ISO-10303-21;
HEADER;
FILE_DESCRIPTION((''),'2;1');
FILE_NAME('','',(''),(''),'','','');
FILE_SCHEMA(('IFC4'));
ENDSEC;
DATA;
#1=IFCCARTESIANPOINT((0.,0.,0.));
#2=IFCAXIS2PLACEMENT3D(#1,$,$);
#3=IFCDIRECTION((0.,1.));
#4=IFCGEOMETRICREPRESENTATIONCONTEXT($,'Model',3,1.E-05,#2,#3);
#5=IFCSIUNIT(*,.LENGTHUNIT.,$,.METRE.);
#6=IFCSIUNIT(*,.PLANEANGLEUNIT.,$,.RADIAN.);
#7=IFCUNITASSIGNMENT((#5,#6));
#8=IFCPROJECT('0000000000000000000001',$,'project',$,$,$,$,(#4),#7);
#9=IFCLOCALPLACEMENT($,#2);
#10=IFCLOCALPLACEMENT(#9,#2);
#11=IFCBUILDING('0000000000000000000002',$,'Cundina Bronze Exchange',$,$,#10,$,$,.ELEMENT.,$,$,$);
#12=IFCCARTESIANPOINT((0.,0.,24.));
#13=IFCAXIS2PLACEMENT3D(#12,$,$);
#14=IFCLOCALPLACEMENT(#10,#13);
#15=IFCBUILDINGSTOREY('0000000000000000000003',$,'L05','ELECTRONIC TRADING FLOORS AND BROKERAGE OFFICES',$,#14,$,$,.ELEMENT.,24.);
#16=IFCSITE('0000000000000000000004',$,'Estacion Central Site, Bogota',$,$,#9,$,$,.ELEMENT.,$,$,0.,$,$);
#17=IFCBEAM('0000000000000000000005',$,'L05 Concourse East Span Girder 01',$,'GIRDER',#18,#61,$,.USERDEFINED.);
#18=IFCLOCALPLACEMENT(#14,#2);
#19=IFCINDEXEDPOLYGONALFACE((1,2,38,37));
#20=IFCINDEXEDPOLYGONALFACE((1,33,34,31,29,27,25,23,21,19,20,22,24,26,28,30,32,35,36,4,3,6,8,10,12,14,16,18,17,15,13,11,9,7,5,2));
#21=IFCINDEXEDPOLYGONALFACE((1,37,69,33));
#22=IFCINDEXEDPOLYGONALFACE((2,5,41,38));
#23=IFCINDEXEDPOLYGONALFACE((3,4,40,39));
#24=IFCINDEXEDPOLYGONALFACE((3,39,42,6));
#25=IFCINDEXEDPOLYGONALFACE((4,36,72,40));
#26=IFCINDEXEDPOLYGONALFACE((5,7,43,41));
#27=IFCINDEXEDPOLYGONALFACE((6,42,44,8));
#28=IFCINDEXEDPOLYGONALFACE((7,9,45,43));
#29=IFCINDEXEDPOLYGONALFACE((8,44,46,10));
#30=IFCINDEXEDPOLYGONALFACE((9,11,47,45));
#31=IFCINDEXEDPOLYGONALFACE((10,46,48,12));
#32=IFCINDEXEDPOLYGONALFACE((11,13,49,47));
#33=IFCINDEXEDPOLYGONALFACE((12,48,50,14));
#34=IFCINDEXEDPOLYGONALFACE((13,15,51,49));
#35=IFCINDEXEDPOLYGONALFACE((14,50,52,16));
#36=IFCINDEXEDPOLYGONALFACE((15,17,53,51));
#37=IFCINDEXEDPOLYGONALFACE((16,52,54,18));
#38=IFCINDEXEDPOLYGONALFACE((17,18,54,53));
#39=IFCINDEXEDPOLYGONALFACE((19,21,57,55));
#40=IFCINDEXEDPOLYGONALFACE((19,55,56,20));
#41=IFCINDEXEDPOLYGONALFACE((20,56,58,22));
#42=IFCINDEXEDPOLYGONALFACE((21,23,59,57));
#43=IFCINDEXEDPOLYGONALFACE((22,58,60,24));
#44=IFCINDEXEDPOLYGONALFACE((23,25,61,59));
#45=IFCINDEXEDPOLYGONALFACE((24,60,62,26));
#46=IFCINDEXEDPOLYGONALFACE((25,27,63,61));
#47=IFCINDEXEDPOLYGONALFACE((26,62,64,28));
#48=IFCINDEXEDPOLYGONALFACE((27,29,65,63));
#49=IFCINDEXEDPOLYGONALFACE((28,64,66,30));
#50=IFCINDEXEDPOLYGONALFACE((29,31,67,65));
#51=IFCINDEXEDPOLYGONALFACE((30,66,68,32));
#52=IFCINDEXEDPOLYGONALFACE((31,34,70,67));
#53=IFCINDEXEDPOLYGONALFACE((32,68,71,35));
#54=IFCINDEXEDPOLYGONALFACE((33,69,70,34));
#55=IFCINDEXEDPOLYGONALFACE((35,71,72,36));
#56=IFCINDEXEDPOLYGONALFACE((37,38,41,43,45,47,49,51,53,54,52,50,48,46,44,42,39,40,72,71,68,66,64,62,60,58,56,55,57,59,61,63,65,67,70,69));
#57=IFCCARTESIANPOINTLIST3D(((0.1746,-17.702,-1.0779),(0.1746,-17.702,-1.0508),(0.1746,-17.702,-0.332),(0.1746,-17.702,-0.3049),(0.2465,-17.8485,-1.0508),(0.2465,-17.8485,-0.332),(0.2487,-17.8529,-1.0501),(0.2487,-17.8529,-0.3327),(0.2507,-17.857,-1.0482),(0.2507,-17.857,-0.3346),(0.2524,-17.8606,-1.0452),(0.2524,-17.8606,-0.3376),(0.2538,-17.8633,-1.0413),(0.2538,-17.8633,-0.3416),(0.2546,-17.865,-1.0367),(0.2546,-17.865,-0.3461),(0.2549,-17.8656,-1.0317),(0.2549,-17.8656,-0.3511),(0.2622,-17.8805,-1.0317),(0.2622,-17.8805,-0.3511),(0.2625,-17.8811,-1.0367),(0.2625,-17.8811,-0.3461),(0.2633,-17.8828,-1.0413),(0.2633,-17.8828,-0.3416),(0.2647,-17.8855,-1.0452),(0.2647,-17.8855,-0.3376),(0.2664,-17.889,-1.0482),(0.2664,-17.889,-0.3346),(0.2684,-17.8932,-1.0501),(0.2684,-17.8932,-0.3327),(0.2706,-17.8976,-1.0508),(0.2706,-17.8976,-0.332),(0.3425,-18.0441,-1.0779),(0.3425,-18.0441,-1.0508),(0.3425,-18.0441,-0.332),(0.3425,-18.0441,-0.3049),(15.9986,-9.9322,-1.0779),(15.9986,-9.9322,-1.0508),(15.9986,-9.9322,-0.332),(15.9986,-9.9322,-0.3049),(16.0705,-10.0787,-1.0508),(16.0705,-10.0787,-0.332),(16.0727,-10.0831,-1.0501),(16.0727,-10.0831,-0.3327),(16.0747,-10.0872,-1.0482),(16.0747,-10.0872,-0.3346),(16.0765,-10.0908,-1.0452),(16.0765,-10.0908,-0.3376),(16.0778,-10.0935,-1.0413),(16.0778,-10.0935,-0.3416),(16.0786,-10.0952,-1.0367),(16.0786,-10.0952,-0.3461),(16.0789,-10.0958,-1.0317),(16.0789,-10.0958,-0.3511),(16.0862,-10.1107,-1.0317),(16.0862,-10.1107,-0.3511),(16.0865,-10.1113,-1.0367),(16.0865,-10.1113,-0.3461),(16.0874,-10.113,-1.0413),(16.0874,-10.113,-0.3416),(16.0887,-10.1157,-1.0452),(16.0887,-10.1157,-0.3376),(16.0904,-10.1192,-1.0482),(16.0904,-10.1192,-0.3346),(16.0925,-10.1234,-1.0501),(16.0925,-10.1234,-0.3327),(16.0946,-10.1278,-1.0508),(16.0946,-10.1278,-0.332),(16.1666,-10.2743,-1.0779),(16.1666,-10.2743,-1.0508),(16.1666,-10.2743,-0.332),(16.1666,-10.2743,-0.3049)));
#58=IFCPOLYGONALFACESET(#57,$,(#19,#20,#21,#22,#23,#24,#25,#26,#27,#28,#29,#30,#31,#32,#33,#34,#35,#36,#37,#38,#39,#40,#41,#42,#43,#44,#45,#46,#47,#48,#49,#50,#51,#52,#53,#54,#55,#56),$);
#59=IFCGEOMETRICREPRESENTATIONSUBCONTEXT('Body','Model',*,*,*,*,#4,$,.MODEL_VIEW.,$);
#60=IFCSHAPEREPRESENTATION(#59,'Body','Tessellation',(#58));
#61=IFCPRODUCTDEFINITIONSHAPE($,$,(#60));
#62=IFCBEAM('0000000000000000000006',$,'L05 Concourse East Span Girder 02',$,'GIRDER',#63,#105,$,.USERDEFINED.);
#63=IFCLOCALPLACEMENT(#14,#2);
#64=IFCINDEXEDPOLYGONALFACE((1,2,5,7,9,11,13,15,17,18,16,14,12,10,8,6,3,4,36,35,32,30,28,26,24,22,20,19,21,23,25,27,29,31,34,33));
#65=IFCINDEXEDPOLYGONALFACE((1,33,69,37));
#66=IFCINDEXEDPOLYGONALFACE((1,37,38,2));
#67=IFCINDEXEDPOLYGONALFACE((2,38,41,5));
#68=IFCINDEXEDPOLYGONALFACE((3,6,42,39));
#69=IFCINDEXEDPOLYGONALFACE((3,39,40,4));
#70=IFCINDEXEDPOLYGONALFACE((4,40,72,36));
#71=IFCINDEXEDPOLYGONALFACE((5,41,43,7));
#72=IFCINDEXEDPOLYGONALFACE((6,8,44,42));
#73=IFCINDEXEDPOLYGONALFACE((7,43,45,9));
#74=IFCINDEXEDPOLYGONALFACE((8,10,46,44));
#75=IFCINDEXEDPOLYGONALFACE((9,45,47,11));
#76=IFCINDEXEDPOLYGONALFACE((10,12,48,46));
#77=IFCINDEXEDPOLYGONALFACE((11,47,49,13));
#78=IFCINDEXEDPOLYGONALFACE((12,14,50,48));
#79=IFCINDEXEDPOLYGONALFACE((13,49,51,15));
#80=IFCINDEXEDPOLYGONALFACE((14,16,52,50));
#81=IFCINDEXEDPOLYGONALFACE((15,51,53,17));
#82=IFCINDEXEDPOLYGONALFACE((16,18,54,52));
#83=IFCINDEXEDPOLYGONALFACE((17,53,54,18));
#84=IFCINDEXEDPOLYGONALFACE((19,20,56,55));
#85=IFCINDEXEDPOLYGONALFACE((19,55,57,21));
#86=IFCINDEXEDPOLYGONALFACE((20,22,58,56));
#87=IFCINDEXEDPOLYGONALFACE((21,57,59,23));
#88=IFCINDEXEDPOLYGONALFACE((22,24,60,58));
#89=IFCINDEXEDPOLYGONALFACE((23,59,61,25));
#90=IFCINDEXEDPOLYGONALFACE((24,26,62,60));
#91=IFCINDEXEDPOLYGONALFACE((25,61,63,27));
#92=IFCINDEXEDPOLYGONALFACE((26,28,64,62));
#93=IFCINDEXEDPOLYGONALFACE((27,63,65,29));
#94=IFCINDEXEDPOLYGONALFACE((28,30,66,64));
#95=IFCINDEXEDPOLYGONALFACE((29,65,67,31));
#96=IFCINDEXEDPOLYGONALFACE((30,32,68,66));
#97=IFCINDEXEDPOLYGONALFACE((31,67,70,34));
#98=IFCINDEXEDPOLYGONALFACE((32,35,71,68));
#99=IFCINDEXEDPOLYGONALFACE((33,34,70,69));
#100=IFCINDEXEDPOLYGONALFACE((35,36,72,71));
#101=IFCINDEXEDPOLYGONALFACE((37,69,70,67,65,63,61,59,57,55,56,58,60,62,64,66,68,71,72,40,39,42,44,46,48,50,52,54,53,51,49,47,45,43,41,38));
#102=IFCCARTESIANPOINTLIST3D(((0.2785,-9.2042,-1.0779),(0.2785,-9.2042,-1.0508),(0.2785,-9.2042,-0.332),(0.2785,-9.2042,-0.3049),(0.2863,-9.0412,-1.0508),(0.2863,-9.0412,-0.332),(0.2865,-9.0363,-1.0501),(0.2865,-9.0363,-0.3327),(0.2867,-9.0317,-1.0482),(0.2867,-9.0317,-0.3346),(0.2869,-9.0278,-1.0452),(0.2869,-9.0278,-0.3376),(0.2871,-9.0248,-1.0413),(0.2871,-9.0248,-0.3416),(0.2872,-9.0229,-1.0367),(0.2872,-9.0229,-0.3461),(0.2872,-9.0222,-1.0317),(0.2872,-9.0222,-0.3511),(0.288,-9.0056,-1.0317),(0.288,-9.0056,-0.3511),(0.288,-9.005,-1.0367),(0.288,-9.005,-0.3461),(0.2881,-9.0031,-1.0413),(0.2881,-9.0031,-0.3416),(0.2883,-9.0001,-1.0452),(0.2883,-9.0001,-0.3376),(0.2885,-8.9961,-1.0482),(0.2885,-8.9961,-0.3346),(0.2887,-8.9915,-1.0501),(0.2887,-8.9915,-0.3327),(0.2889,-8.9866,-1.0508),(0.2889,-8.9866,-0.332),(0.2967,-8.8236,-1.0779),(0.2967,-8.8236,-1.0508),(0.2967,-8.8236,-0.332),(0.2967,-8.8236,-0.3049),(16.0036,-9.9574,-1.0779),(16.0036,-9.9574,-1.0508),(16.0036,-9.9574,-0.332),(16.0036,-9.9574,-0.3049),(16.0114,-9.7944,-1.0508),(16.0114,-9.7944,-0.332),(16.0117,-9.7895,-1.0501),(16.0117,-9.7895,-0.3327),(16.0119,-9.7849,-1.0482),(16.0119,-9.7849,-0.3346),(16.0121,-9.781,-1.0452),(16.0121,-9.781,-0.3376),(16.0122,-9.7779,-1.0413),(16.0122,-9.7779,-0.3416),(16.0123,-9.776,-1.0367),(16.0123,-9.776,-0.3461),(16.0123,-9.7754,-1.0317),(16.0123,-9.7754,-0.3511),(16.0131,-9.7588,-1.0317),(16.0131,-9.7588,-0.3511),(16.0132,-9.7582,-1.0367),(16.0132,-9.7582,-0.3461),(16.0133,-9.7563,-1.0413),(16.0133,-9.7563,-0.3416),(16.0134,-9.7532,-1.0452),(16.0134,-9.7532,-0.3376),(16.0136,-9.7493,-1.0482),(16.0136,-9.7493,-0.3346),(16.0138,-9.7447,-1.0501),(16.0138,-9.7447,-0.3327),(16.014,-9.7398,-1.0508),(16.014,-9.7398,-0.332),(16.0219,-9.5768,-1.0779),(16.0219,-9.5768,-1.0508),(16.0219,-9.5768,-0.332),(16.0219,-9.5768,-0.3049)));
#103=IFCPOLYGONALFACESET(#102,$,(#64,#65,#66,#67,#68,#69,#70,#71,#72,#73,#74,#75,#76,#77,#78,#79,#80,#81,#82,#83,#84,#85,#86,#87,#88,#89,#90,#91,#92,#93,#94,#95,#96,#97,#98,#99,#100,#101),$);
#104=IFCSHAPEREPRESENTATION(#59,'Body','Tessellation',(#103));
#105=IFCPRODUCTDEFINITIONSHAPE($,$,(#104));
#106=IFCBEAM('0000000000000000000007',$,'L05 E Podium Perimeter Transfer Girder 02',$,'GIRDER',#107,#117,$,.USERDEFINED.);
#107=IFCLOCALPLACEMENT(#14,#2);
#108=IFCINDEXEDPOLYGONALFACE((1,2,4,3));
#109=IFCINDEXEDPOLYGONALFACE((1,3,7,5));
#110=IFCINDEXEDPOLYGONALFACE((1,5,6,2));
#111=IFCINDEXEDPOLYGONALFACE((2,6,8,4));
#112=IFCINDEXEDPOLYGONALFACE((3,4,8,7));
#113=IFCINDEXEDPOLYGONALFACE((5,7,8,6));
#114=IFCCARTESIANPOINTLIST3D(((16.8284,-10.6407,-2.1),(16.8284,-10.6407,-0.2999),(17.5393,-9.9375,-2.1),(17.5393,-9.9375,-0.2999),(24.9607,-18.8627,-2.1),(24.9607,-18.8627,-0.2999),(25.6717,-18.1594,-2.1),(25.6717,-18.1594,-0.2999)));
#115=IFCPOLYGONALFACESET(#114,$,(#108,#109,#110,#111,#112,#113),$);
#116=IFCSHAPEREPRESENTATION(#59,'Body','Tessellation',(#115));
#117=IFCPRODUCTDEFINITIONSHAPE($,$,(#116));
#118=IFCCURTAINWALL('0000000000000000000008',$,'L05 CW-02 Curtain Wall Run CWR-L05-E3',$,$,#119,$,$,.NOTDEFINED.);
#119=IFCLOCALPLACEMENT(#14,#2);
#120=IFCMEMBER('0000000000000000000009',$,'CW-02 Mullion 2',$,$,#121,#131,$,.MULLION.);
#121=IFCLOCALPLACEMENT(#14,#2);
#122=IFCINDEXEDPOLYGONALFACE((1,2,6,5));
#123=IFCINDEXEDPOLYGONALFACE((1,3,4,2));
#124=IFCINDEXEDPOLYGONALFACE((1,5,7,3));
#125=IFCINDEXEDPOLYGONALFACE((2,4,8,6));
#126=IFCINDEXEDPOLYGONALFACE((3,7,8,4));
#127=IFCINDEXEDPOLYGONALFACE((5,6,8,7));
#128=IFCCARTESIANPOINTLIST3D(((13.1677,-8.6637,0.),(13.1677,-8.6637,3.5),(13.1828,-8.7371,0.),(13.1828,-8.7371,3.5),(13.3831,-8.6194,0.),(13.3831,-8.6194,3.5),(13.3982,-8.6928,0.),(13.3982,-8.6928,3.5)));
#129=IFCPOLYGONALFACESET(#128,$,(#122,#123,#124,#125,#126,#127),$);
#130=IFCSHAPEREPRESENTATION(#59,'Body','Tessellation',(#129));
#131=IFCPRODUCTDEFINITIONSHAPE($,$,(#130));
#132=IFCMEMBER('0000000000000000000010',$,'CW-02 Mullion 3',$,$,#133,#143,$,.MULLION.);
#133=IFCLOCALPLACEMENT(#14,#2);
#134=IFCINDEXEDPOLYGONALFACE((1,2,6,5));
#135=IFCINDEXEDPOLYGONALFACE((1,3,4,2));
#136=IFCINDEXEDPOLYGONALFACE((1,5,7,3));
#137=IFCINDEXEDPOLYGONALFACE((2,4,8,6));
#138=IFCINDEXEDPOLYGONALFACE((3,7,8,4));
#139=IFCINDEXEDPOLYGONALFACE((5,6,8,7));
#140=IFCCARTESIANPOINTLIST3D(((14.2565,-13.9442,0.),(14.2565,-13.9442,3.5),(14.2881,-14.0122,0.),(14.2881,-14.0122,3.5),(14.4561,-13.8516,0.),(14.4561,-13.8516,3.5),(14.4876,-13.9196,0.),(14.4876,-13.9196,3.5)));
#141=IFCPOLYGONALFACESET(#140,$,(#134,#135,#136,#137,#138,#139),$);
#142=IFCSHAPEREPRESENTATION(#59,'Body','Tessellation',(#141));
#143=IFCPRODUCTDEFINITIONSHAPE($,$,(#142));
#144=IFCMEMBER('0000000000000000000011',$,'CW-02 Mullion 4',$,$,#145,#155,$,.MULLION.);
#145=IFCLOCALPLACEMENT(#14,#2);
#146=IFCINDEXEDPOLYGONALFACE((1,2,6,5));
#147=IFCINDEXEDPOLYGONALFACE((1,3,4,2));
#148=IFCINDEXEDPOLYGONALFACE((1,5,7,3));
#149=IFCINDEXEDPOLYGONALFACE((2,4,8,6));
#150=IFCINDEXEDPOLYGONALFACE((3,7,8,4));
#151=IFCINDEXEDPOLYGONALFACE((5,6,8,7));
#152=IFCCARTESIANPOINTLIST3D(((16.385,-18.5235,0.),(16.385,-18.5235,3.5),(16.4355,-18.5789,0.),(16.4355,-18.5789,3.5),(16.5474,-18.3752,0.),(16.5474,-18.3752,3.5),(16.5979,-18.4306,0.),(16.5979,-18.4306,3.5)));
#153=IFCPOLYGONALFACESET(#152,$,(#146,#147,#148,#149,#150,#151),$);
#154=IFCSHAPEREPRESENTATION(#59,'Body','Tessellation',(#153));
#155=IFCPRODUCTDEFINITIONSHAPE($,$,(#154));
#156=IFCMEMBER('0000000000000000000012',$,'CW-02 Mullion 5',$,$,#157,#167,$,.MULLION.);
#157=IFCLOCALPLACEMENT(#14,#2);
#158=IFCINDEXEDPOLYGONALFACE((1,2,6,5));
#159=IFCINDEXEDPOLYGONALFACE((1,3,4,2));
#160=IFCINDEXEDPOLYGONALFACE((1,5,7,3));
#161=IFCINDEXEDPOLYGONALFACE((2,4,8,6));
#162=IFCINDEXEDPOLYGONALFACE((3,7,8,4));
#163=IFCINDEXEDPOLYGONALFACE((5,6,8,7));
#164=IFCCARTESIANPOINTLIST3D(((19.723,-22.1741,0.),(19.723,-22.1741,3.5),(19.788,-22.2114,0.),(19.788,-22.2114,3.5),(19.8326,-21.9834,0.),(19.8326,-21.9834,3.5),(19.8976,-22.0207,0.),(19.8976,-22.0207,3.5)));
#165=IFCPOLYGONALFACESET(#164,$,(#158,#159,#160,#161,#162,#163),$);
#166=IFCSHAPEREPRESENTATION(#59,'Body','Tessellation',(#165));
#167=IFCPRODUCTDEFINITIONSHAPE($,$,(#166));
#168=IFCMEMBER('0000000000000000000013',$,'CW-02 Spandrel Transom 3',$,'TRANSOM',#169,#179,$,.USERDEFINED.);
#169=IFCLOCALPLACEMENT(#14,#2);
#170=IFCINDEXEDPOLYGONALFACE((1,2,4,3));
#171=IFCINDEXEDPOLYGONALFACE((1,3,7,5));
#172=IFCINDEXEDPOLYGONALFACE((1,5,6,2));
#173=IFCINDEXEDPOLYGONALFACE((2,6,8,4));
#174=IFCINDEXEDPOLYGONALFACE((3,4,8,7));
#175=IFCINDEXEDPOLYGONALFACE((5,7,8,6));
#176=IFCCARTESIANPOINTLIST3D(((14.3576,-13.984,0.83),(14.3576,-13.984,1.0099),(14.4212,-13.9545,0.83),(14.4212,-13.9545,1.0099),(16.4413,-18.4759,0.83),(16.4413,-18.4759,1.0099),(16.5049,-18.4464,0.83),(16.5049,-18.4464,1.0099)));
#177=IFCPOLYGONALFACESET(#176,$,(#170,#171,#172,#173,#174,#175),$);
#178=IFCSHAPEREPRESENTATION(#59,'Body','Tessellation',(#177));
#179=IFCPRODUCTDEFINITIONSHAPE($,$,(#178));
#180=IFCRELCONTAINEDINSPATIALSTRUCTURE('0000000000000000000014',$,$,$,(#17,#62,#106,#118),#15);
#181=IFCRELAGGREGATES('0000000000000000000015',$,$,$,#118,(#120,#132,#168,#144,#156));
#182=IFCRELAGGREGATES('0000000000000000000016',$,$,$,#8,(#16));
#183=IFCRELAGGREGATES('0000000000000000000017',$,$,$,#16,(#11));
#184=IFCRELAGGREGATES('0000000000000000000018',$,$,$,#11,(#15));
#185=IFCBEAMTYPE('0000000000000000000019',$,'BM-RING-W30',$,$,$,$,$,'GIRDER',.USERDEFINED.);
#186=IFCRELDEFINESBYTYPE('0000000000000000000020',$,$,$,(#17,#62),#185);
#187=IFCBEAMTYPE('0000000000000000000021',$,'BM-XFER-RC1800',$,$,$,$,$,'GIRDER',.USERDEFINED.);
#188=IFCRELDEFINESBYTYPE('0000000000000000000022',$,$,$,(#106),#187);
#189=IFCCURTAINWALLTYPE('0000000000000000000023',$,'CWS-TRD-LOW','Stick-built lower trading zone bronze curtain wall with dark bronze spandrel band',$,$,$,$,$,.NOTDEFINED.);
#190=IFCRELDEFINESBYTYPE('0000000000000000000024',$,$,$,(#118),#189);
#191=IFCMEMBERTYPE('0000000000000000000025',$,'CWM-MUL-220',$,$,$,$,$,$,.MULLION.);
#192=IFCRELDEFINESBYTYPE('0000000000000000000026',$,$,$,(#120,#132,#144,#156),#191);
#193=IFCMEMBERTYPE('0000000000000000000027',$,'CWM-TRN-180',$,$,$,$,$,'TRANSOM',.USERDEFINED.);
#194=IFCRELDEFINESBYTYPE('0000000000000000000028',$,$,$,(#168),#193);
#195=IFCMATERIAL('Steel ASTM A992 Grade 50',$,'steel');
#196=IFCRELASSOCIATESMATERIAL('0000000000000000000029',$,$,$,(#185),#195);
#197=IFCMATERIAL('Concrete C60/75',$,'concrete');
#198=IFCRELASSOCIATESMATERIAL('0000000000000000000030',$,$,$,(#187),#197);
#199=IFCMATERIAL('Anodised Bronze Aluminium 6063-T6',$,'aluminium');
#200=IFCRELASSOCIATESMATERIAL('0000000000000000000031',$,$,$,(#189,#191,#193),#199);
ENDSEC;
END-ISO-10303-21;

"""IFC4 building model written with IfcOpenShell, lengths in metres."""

from ifc_helpers import new_model, si_unit, direction, frame, origin, origin_2d, place, context, subcontext, project, spatial, rectangle, i_section, extrude, material, material_profile, profile_set, type_object, element, aggregate, save


model = new_model("IFC4")

# Units and contexts
model_context = context("Model", 3, precision=1e-05, world=origin(), true_north=direction((0.0, 1.0)))
body_context = subcontext(model_context, "Body", "Model", "MODEL_VIEW")
ifc_project = project(units=[si_unit("LENGTHUNIT", "METRE"), si_unit("PLANEANGLEUNIT", "RADIAN")], contexts=[model_context])

# Site, building, storey
site_placement = place(None, origin())
site = spatial("IfcSite", under=ifc_project, at=site_placement, Name="Estacion Central Site, Bogota", CompositionType="ELEMENT", RefElevation=0.0)
building_placement = place(site_placement, origin())
building = spatial("IfcBuilding", under=site, at=building_placement, Name="Cundina Bronze Exchange", CompositionType="ELEMENT")
storey_placement = place(building_placement, frame((0.0, 0.0, 24.0)))
storey = spatial("IfcBuildingStorey", under=building, at=storey_placement, Name="L05", Description="ELECTRONIC TRADING FLOORS AND BROKERAGE OFFICES", CompositionType="ELEMENT", Elevation=24.0)

# Shared definitions
ifc_material_1 = material(Name="Concrete C60/75", Category="concrete")

# Beams
ifc_material_2 = material(Name="Steel ASTM A992 Grade 50", Category="steel")
ifc_material_profile_1 = material_profile(ifc_material_2, i_section(OverallWidth=0.3811, OverallDepth=0.7729, WebThickness=0.0166, FlangeThickness=0.0271, FilletRadius=0.019, at=origin_2d()), Name="W30X173", Category="steel")
ifc_profile_set_1 = profile_set([ifc_material_profile_1], Name="Steel ASTM A992 Grade 50")
beam_type_1 = type_object("IfcBeamType", Name="BM-RING-W30", ElementType="GIRDER", PredefinedType="USERDEFINED", material=ifc_profile_set_1)
beam_1_placement = place(storey_placement, frame((0.2585, -17.873, -0.6914), z_axis=(0.897631, 0.440748, 0.0), x_axis=(-0.440748, 0.897631, 0.0)))
element("IfcBeam", 1, at=beam_1_placement, inside=storey, type_object=beam_type_1, Name="L05 Concourse East Span Girder 01", ObjectType="GIRDER", PredefinedType="USERDEFINED", context=body_context, shape_type="SweptSolid", body=[
    extrude(i_section(OverallWidth=0.3811, OverallDepth=0.7729, WebThickness=0.0166, FlangeThickness=0.0271, FilletRadius=0.019, at=origin_2d()), origin(), (0.0, 0.0, 1.0), 17.6287),
])
beam_2_placement = place(storey_placement, frame((0.2876, -9.0139, -0.6914), z_axis=(0.998855, -0.047841, 0.0), x_axis=(0.047841, 0.998855, 0.0)))
element("IfcBeam", 2, at=beam_2_placement, inside=storey, type_object=beam_type_1, Name="L05 Concourse East Span Girder 02", ObjectType="GIRDER", PredefinedType="USERDEFINED", context=body_context, shape_type="SweptSolid", body=[
    extrude(i_section(OverallWidth=0.3811, OverallDepth=0.7729, WebThickness=0.0166, FlangeThickness=0.0271, FilletRadius=0.019, at=origin_2d()), origin(), (0.0, 0.0, 1.0), 15.7432),
])
ifc_material_profile_2 = material_profile(ifc_material_1, rectangle(XDim=1.0, YDim=1.8, at=origin_2d()), Name="RC1000X1800", Category="concrete")
ifc_profile_set_2 = profile_set([ifc_material_profile_2], Name="Concrete C60/75")
beam_type_2 = type_object("IfcBeamType", Name="BM-XFER-RC1800", ElementType="GIRDER", PredefinedType="USERDEFINED", material=ifc_profile_set_2)
beam_3_placement = place(storey_placement, frame((17.1838, -10.2891, -1.2), z_axis=(0.703222, -0.71097, 0.0), x_axis=(0.71097, 0.703222, 0.0)))
element("IfcBeam", 3, at=beam_3_placement, inside=storey, type_object=beam_type_2, Name="L05 E Podium Perimeter Transfer Girder 02", ObjectType="GIRDER", PredefinedType="USERDEFINED", context=body_context, shape_type="SweptSolid", body=[
    extrude(rectangle(XDim=1.0, YDim=1.8, at=origin_2d()), origin(), (0.0, 0.0, 1.0), 11.5645),
])

# Curtain wall, members
ifc_material_3 = material(Name="Anodised Bronze Aluminium 6063-T6", Category="aluminium")
curtain_wall_type = type_object("IfcCurtainWallType", Name="CWS-TRD-LOW", Description="Stick-built lower trading zone bronze curtain wall with dark bronze spandrel band", PredefinedType="NOTDEFINED", material=ifc_material_3)
curtain_wall_placement = place(storey_placement, origin())
curtain_wall = element("IfcCurtainWall", 4, at=curtain_wall_placement, inside=storey, type_object=curtain_wall_type, Name="L05 CW-02 Curtain Wall Run CWR-L05-E3", PredefinedType="NOTDEFINED")
ifc_material_profile_3 = material_profile(ifc_material_3, rectangle(XDim=0.075, YDim=0.22, at=origin_2d()), Name="AL75X220", Category="aluminium")
ifc_profile_set_3 = profile_set([ifc_material_profile_3], Name="Anodised Bronze Aluminium 6063-T6")
member_type_1 = type_object("IfcMemberType", Name="CWM-MUL-220", PredefinedType="MULLION", material=ifc_profile_set_3)
member_1_placement = place(storey_placement, frame((13.283, -8.6782, 0.0), z_axis=(0.0, 0.0, 1.0), x_axis=(0.20142, -0.979505, 0.0)))
member_1 = element("IfcMember", 5, at=member_1_placement, type_object=member_type_1, Name="CW-02 Mullion 2", PredefinedType="MULLION", context=body_context, shape_type="SweptSolid", body=[
    extrude(rectangle(XDim=0.075, YDim=0.22, at=origin_2d()), origin(), (0.0, 0.0, 1.0), 3.5),
])
member_2_placement = place(storey_placement, frame((14.3721, -13.9319, 0.0), z_axis=(0.0, 0.0, 1.0), x_axis=(0.420877, -0.907117, 0.0)))
member_2 = element("IfcMember", 6, at=member_2_placement, type_object=member_type_1, Name="CW-02 Mullion 3", PredefinedType="MULLION", context=body_context, shape_type="SweptSolid", body=[
    extrude(rectangle(XDim=0.075, YDim=0.22, at=origin_2d()), origin(), (0.0, 0.0, 1.0), 3.5),
])
member_3_placement = place(storey_placement, frame((16.4915, -18.4771, 0.0), z_axis=(0.0, 0.0, 1.0), x_axis=(0.674302, -0.738455, 0.0)))
member_3 = element("IfcMember", 7, at=member_3_placement, type_object=member_type_1, Name="CW-02 Mullion 4", PredefinedType="MULLION", context=body_context, shape_type="SweptSolid", body=[
    extrude(rectangle(XDim=0.075, YDim=0.22, at=origin_2d()), origin(), (0.0, 0.0, 1.0), 3.5),
])
member_4_placement = place(storey_placement, frame((19.8103, -22.0974, 0.0), z_axis=(0.0, 0.0, 1.0), x_axis=(0.867071, -0.498185, 0.0)))
member_4 = element("IfcMember", 8, at=member_4_placement, type_object=member_type_1, Name="CW-02 Mullion 5", PredefinedType="MULLION", context=body_context, shape_type="SweptSolid", body=[
    extrude(rectangle(XDim=0.075, YDim=0.22, at=origin_2d()), origin(), (0.0, 0.0, 1.0), 3.5),
])
ifc_material_profile_4 = material_profile(ifc_material_3, rectangle(XDim=0.0701, YDim=0.1799, at=origin_2d()), Name="AL70X180", Category="aluminium")
ifc_profile_set_4 = profile_set([ifc_material_profile_4], Name="Anodised Bronze Aluminium 6063-T6")
member_type_2 = type_object("IfcMemberType", Name="CWM-TRN-180", ElementType="TRANSOM", PredefinedType="USERDEFINED", material=ifc_profile_set_4)
member_5_placement = place(storey_placement, frame((14.3894, -13.9692, 0.9199), z_axis=(0.420811, -0.907148, 0.0), x_axis=(0.907148, 0.420811, 0.0)))
member_5 = element("IfcMember", 9, at=member_5_placement, type_object=member_type_2, Name="CW-02 Spandrel Transom 3", ObjectType="TRANSOM", PredefinedType="USERDEFINED", context=body_context, shape_type="SweptSolid", body=[
    extrude(rectangle(XDim=0.0701, YDim=0.1799, at=origin_2d()), origin(), (0.0, 0.0, 1.0), 4.9517),
])
aggregate(curtain_wall, [member_1, member_2, member_5, member_3, member_4])

save(model, "model.ifc")
